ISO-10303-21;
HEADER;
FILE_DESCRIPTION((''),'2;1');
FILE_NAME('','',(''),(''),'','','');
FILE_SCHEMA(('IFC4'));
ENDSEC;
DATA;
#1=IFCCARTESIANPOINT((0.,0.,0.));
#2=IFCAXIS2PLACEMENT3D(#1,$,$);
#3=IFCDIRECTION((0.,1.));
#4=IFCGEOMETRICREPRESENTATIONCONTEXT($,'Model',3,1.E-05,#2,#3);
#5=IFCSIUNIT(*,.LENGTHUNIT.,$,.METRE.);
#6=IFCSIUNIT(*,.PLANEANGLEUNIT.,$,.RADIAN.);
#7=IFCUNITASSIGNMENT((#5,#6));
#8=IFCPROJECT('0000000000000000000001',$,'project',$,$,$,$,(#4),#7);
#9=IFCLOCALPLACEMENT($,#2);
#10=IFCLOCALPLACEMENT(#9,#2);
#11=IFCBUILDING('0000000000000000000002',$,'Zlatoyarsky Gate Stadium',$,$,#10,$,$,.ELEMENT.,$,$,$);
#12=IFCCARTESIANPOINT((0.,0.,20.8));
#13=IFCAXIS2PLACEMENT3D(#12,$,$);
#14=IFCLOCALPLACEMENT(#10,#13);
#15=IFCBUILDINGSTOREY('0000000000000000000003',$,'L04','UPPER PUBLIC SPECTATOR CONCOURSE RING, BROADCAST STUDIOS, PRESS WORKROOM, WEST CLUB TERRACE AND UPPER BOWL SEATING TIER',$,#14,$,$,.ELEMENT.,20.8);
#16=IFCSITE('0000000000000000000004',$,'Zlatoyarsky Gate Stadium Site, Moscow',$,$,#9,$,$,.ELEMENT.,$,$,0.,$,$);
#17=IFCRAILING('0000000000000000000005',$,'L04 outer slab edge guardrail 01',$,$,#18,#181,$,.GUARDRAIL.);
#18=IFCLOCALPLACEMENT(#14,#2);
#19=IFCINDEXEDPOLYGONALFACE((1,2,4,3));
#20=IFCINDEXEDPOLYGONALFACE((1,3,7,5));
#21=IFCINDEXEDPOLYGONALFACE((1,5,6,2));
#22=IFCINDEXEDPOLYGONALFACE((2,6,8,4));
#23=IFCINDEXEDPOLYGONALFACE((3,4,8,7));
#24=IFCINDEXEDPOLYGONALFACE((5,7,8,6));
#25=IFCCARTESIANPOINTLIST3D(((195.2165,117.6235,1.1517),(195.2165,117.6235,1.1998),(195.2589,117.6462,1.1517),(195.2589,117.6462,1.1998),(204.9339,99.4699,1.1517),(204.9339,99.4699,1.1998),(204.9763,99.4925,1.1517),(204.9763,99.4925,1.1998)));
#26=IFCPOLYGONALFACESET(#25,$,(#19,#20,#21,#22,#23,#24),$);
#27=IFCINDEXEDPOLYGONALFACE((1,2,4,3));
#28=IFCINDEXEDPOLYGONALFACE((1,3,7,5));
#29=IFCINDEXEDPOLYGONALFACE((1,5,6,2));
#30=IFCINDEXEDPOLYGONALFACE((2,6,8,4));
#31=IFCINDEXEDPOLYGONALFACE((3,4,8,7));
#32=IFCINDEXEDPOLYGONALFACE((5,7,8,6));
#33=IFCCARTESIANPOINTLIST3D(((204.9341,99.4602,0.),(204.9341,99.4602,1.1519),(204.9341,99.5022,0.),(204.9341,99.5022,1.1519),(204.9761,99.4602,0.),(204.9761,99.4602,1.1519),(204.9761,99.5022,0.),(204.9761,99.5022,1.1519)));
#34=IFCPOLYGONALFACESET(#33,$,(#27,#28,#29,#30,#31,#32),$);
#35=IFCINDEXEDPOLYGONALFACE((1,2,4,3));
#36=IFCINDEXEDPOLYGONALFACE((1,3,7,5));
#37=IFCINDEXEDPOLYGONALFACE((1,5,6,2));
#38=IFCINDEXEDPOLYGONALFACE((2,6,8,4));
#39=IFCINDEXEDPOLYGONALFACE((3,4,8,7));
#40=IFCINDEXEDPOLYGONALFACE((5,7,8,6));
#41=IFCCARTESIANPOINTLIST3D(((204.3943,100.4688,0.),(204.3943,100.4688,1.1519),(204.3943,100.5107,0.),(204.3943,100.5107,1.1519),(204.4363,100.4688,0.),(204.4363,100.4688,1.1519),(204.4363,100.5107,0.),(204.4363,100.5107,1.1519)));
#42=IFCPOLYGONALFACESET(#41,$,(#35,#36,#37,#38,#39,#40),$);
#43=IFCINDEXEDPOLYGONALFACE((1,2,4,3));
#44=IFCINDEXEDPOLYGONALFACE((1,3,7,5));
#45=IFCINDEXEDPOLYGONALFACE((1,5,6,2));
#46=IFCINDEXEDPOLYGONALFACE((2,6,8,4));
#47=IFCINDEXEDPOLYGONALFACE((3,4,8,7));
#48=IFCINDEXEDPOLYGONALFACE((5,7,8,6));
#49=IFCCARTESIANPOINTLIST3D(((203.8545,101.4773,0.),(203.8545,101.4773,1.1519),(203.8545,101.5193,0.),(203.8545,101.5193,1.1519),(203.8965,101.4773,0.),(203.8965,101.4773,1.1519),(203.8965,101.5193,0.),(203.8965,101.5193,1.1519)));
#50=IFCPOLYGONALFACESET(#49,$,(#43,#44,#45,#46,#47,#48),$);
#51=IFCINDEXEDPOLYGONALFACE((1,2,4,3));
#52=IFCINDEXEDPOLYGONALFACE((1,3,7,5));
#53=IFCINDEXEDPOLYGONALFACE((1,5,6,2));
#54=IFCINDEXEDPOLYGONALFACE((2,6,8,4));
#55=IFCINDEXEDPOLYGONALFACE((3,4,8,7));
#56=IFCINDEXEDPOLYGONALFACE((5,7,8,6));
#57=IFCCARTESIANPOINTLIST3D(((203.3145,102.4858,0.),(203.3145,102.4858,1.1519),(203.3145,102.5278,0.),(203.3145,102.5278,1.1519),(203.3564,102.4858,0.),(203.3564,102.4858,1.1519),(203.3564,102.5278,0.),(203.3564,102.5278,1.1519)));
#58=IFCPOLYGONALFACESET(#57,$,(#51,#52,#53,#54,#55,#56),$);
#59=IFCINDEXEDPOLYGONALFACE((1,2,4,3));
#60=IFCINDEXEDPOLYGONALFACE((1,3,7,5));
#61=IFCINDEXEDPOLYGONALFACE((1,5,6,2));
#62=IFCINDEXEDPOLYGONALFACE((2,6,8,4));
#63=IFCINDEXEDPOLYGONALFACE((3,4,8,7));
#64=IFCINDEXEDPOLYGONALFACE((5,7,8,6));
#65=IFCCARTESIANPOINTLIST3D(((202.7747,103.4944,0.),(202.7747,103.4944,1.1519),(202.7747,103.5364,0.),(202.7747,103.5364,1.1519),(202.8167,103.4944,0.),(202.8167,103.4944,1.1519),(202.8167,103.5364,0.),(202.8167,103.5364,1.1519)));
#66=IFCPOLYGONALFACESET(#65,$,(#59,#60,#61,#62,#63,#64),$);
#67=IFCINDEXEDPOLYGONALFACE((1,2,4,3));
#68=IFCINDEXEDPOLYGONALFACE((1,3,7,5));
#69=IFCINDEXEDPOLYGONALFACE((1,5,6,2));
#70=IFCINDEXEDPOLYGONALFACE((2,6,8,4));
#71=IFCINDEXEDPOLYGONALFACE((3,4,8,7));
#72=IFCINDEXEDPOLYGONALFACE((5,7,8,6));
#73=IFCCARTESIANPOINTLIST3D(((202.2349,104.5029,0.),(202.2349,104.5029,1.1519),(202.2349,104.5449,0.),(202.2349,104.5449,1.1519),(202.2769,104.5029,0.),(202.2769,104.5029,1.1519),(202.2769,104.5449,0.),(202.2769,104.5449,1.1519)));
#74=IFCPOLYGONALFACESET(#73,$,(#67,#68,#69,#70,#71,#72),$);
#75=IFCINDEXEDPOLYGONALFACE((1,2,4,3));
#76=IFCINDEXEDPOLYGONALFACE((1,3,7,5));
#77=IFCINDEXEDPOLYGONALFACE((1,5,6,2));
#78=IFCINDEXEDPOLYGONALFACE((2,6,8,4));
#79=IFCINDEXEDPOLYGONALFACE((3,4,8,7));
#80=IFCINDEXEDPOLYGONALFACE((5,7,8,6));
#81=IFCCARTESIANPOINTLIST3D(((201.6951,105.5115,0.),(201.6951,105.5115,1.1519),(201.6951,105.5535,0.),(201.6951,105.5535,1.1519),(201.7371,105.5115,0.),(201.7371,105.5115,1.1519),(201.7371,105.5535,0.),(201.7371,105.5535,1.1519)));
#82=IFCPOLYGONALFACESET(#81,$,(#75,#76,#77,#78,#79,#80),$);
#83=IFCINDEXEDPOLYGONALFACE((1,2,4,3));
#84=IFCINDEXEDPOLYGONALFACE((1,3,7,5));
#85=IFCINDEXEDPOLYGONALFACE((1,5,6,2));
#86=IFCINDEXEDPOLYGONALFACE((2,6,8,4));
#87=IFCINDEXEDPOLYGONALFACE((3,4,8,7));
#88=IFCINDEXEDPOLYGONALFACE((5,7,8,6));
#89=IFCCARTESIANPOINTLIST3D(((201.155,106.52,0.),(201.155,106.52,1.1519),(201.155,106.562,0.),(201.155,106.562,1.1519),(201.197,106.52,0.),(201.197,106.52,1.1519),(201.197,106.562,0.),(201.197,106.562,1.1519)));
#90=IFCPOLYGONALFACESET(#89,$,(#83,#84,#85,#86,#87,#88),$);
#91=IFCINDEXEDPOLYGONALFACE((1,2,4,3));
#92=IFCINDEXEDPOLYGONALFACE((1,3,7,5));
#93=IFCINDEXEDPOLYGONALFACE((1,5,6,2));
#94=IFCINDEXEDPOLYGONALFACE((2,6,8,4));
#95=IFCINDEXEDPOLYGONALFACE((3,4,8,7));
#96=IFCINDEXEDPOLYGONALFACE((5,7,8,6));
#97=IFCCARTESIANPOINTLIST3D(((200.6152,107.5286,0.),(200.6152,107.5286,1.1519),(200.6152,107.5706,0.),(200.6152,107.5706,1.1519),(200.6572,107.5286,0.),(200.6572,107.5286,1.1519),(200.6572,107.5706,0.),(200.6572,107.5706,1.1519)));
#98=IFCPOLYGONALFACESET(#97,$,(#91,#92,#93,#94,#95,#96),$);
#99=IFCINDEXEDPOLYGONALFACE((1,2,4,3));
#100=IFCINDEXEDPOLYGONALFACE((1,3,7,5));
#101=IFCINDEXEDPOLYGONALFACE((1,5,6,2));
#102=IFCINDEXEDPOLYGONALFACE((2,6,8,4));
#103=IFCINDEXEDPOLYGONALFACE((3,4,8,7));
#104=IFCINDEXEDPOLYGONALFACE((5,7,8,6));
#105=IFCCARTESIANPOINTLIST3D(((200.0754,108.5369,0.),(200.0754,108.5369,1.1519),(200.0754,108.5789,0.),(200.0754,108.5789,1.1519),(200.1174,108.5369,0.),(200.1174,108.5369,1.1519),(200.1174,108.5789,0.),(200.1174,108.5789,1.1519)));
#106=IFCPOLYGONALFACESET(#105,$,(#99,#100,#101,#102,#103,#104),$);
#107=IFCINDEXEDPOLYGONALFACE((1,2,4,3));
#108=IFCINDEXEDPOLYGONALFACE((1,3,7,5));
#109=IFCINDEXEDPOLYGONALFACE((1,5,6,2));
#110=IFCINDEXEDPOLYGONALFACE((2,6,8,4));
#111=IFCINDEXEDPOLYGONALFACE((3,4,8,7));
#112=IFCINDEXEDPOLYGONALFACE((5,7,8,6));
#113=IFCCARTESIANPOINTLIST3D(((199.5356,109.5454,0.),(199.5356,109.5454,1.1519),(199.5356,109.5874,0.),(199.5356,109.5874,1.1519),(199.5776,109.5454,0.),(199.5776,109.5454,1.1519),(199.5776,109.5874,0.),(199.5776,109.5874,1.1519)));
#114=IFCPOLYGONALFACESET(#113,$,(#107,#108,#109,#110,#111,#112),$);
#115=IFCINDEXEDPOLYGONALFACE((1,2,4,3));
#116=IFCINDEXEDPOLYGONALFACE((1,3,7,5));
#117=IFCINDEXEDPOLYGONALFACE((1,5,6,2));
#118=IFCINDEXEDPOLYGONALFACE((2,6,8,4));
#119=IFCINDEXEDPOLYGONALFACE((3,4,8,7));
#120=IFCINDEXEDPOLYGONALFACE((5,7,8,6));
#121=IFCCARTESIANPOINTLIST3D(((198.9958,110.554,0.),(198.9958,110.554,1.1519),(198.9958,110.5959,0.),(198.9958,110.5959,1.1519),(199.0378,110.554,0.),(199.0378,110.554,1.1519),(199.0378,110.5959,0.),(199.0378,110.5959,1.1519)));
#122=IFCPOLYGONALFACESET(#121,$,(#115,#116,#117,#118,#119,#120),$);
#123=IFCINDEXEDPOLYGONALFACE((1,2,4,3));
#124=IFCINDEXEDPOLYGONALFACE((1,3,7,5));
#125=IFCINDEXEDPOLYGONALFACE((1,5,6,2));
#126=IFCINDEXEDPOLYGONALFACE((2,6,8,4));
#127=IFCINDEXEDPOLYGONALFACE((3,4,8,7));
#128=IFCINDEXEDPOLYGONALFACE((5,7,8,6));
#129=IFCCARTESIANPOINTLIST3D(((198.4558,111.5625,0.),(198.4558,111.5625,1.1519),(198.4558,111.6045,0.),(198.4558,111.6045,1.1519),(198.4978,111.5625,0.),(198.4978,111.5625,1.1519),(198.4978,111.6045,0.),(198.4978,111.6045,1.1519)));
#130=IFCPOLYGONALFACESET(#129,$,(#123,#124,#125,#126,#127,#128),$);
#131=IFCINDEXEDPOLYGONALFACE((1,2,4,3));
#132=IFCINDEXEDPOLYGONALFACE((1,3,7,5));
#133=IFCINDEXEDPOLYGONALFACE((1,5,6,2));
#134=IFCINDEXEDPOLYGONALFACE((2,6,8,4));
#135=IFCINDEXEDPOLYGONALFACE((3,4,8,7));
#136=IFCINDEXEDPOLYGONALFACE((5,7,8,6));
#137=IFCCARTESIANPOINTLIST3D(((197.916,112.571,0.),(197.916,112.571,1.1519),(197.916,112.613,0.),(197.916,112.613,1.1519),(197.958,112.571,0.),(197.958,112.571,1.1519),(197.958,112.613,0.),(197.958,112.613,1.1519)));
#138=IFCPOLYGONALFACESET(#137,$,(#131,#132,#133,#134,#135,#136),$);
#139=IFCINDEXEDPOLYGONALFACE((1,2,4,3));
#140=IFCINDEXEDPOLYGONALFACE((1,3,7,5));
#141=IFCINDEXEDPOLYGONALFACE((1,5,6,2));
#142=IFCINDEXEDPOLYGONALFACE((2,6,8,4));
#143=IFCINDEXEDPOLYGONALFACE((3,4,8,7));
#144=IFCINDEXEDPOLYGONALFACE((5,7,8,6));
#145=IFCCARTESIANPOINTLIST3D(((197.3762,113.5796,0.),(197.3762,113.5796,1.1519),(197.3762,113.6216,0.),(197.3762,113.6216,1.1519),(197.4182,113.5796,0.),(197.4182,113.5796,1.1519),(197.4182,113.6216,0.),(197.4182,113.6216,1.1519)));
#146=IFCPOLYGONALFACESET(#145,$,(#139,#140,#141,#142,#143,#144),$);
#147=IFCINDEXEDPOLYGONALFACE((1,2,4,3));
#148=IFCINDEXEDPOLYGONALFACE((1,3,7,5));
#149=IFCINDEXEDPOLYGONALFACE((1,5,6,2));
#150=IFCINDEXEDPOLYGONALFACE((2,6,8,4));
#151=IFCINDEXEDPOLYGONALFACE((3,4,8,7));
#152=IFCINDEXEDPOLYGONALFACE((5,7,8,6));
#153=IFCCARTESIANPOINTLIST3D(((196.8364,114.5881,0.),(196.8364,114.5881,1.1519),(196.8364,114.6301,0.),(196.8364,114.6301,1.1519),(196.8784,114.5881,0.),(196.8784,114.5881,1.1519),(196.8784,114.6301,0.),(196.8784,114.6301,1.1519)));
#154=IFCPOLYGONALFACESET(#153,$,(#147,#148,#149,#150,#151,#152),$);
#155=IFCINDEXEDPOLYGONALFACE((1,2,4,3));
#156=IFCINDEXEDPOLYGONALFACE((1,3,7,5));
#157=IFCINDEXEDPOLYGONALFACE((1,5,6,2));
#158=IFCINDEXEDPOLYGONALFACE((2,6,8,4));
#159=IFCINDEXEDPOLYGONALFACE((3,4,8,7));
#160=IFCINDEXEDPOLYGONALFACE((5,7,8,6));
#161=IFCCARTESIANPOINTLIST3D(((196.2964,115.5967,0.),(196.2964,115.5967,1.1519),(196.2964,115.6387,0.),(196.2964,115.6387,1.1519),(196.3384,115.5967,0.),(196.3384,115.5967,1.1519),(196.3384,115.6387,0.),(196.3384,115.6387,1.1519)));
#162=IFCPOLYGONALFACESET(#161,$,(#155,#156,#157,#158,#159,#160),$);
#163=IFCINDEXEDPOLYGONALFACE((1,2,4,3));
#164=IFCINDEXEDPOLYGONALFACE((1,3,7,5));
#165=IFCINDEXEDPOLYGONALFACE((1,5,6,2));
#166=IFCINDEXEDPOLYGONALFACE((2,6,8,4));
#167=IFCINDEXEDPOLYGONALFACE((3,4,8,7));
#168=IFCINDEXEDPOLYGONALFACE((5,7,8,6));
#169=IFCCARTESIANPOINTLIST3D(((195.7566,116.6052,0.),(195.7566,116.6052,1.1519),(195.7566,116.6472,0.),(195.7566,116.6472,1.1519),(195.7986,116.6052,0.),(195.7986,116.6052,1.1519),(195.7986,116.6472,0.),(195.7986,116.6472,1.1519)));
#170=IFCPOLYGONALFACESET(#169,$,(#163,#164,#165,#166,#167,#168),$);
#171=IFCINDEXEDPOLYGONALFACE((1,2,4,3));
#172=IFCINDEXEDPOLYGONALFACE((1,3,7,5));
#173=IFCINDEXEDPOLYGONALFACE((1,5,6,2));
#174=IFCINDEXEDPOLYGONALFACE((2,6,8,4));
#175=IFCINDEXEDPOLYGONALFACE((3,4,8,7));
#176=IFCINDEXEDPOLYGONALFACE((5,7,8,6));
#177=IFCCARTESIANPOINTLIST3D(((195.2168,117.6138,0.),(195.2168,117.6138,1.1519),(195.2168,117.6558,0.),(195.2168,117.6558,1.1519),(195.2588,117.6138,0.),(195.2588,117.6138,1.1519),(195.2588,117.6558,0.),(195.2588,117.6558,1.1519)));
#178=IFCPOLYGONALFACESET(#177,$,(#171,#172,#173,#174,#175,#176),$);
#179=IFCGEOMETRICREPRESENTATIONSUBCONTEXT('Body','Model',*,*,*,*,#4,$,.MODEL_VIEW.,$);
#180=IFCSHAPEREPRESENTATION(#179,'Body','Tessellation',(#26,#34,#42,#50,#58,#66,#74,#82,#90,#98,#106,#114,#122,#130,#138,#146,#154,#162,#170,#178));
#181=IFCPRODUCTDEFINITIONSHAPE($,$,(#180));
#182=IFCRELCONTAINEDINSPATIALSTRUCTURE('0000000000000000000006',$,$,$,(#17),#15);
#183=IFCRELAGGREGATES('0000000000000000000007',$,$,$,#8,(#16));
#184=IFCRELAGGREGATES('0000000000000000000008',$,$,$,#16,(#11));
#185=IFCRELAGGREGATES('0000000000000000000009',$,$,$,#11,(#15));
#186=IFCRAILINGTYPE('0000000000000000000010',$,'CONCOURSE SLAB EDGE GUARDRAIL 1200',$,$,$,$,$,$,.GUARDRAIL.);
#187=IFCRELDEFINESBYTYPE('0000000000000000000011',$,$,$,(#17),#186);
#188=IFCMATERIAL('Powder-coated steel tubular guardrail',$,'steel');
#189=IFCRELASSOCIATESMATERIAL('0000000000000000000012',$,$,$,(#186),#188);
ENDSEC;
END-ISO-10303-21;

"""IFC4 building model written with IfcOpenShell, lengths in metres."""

from ifc_helpers import new_model, si_unit, direction, frame, origin, origin_2d, place, context, subcontext, project, spatial, rectangle, extrude, material, type_object, element, save


model = new_model("IFC4")

# Units and contexts
model_context = context("Model", 3, precision=1e-05, world=origin(), true_north=direction((0.0, 1.0)))
body_context = subcontext(model_context, "Body", "Model", "MODEL_VIEW")
ifc_project = project(units=[si_unit("LENGTHUNIT", "METRE"), si_unit("PLANEANGLEUNIT", "RADIAN")], contexts=[model_context])

# Site, building, storey
site_placement = place(None, origin())
site = spatial("IfcSite", under=ifc_project, at=site_placement, Name="Zlatoyarsky Gate Stadium Site, Moscow", CompositionType="ELEMENT", RefElevation=0.0)
building_placement = place(site_placement, origin())
building = spatial("IfcBuilding", under=site, at=building_placement, Name="Zlatoyarsky Gate Stadium", CompositionType="ELEMENT")
storey_placement = place(building_placement, frame((0.0, 0.0, 20.8)))
storey = spatial("IfcBuildingStorey", under=building, at=storey_placement, Name="L04", Description="UPPER PUBLIC SPECTATOR CONCOURSE RING, BROADCAST STUDIOS, PRESS WORKROOM, WEST CLUB TERRACE AND UPPER BOWL SEATING TIER", CompositionType="ELEMENT", Elevation=20.8)

# Railing
ifc_material_1 = material(Name="Powder-coated steel tubular guardrail", Category="steel")
railing_type = type_object("IfcRailingType", Name="CONCOURSE SLAB EDGE GUARDRAIL 1200", PredefinedType="GUARDRAIL", material=ifc_material_1)
railing_placement = place(storey_placement, frame((204.9551, 99.4812, 0.0)))
element("IfcRailing", 1, at=railing_placement, inside=storey, type_object=railing_type, Name="L04 outer slab edge guardrail 01", PredefinedType="GUARDRAIL", context=body_context, shape_type="SweptSolid", body=[
    extrude(rectangle(XDim=0.0481, YDim=0.0481, at=origin_2d()), frame((0.0, 0.0, 1.1758), z_axis=(-0.471926, 0.881638, 0.0), x_axis=(-0.881638, -0.471926, 0.0)), (0.0, 0.0, 1.0), 20.5908),
    extrude(rectangle(XDim=0.042, YDim=0.042, at=origin_2d()), origin(), (0.0, 0.0, 1.0), 1.1519),
    extrude(rectangle(XDim=0.042, YDim=0.042, at=origin_2d()), frame((-0.5398, 1.0085, 0.0)), (0.0, 0.0, 1.0), 1.1519),
    extrude(rectangle(XDim=0.042, YDim=0.042, at=origin_2d()), frame((-1.0796, 2.0171, 0.0)), (0.0, 0.0, 1.0), 1.1519),
    extrude(rectangle(XDim=0.042, YDim=0.042, at=origin_2d()), frame((-1.6196, 3.0256, 0.0)), (0.0, 0.0, 1.0), 1.1519),
    extrude(rectangle(XDim=0.042, YDim=0.042, at=origin_2d()), frame((-2.1594, 4.0342, 0.0)), (0.0, 0.0, 1.0), 1.1519),
    extrude(rectangle(XDim=0.042, YDim=0.042, at=origin_2d()), frame((-2.6992, 5.0427, 0.0)), (0.0, 0.0, 1.0), 1.1519),
    extrude(rectangle(XDim=0.042, YDim=0.042, at=origin_2d()), frame((-3.239, 6.0513, 0.0)), (0.0, 0.0, 1.0), 1.1519),
    extrude(rectangle(XDim=0.042, YDim=0.042, at=origin_2d()), frame((-3.7791, 7.0598, 0.0)), (0.0, 0.0, 1.0), 1.1519),
    extrude(rectangle(XDim=0.042, YDim=0.042, at=origin_2d()), frame((-4.3188, 8.0684, 0.0)), (0.0, 0.0, 1.0), 1.1519),
    extrude(rectangle(XDim=0.042, YDim=0.042, at=origin_2d()), frame((-4.8586, 9.0767, 0.0)), (0.0, 0.0, 1.0), 1.1519),
    extrude(rectangle(XDim=0.042, YDim=0.042, at=origin_2d()), frame((-5.3984, 10.0852, 0.0)), (0.0, 0.0, 1.0), 1.1519),
    extrude(rectangle(XDim=0.042, YDim=0.042, at=origin_2d()), frame((-5.9382, 11.0938, 0.0)), (0.0, 0.0, 1.0), 1.1519),
    extrude(rectangle(XDim=0.042, YDim=0.042, at=origin_2d()), frame((-6.4783, 12.1023, 0.0)), (0.0, 0.0, 1.0), 1.1519),
    extrude(rectangle(XDim=0.042, YDim=0.042, at=origin_2d()), frame((-7.0181, 13.1108, 0.0)), (0.0, 0.0, 1.0), 1.1519),
    extrude(rectangle(XDim=0.042, YDim=0.042, at=origin_2d()), frame((-7.5579, 14.1194, 0.0)), (0.0, 0.0, 1.0), 1.1519),
    extrude(rectangle(XDim=0.042, YDim=0.042, at=origin_2d()), frame((-8.0977, 15.1279, 0.0)), (0.0, 0.0, 1.0), 1.1519),
    extrude(rectangle(XDim=0.042, YDim=0.042, at=origin_2d()), frame((-8.6377, 16.1365, 0.0)), (0.0, 0.0, 1.0), 1.1519),
    extrude(rectangle(XDim=0.042, YDim=0.042, at=origin_2d()), frame((-9.1775, 17.145, 0.0)), (0.0, 0.0, 1.0), 1.1519),
    extrude(rectangle(XDim=0.042, YDim=0.042, at=origin_2d()), frame((-9.7173, 18.1536, 0.0)), (0.0, 0.0, 1.0), 1.1519),
])

save(model, "model.ifc")
